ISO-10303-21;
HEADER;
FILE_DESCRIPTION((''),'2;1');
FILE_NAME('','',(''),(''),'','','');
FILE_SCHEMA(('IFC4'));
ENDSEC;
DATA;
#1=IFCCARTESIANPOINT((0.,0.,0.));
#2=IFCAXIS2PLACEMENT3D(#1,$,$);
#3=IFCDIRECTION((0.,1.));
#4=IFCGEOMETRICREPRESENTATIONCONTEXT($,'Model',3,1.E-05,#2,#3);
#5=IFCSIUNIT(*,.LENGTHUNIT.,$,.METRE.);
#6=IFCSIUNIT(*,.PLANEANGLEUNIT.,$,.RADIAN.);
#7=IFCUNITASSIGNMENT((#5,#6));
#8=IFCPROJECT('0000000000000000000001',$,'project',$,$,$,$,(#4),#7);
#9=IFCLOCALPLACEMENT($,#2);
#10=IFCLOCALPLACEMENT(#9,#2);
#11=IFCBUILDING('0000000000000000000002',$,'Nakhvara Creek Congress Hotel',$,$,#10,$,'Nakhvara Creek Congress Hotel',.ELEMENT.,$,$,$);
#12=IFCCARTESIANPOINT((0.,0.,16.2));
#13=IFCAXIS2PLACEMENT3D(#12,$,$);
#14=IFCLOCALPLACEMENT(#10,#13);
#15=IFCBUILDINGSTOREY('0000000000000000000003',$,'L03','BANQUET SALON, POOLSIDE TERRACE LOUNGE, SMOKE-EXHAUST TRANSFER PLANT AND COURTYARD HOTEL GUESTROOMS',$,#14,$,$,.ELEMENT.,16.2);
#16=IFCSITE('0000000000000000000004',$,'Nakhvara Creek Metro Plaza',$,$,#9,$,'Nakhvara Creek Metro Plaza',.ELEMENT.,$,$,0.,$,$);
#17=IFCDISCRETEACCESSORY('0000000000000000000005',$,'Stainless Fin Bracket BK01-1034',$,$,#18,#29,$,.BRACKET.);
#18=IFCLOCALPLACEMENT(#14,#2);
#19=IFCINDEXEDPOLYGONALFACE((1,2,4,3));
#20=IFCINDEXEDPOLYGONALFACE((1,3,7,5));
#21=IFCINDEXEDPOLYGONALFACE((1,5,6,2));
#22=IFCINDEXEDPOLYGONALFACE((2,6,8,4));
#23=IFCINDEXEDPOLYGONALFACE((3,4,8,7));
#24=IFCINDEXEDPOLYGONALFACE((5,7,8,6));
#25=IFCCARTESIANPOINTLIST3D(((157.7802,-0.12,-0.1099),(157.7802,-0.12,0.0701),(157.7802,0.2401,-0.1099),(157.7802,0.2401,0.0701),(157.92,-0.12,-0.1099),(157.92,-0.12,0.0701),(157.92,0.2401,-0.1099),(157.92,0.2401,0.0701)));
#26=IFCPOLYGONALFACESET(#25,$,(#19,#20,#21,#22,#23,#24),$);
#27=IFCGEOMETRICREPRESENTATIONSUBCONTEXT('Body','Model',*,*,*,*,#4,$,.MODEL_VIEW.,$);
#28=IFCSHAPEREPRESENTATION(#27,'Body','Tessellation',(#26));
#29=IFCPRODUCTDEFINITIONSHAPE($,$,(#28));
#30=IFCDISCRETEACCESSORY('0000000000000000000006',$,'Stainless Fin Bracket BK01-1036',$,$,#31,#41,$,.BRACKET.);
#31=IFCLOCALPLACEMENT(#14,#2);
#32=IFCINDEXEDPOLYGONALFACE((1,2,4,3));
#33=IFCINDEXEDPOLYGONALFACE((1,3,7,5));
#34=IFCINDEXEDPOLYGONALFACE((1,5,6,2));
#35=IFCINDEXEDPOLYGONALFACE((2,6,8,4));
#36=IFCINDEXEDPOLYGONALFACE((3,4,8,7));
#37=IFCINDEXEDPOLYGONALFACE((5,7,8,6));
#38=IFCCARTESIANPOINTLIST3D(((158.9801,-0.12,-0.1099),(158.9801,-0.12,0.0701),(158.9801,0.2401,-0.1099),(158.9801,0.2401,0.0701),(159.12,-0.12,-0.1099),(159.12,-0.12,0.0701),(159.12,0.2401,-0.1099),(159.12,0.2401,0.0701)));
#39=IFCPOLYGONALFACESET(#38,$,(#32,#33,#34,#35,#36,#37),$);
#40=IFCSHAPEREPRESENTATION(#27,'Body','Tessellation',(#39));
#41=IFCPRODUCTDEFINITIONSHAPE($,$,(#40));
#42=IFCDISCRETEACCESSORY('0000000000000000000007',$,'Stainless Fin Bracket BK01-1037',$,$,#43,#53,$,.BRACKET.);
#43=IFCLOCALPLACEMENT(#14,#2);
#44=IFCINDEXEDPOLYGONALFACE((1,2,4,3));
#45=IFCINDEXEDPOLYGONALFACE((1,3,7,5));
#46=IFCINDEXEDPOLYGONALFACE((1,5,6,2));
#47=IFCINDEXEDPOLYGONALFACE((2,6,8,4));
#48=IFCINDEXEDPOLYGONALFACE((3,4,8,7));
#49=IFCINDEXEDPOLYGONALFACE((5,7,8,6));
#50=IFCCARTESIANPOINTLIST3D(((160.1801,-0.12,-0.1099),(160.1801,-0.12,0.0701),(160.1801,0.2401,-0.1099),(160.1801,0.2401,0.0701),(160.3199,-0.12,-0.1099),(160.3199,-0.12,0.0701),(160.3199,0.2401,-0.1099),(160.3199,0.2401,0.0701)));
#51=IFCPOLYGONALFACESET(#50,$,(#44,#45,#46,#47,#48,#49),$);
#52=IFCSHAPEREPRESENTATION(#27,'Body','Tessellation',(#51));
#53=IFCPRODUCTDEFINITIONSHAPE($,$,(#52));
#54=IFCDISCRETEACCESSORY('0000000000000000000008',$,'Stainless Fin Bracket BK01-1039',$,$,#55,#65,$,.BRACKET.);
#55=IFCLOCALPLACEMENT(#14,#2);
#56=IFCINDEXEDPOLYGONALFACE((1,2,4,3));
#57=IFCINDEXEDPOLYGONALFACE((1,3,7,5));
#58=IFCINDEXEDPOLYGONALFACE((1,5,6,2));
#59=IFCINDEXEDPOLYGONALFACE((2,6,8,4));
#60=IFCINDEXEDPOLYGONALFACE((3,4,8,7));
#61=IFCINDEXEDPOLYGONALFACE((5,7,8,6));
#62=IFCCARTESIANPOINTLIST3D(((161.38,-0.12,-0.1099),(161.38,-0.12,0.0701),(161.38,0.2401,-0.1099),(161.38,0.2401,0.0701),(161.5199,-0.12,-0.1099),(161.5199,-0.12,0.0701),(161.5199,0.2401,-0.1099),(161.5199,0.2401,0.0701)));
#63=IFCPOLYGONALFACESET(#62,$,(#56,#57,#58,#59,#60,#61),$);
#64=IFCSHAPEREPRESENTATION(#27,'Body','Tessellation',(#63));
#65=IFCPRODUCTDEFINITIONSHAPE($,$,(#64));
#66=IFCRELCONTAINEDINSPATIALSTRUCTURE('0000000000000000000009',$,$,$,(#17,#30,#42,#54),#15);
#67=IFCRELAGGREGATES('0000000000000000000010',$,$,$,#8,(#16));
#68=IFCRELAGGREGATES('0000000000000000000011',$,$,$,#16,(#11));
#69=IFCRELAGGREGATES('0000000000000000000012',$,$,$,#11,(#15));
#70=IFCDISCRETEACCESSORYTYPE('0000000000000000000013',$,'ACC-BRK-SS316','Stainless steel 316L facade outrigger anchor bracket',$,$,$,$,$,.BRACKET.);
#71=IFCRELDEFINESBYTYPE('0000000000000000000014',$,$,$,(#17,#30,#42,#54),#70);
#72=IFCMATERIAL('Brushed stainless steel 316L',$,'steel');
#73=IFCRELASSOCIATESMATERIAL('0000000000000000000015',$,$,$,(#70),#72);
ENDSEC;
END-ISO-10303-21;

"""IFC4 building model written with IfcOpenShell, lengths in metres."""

from ifc_helpers import new_model, si_unit, direction, frame, origin, origin_2d, place, context, subcontext, project, spatial, rectangle, extrude, material, type_object, element, save


model = new_model("IFC4")

# Units and contexts
model_context = context("Model", 3, precision=1e-05, world=origin(), true_north=direction((0.0, 1.0)))
body_context = subcontext(model_context, "Body", "Model", "MODEL_VIEW")
ifc_project = project(units=[si_unit("LENGTHUNIT", "METRE"), si_unit("PLANEANGLEUNIT", "RADIAN")], contexts=[model_context])

# Site, building, storey
site_placement = place(None, origin())
site = spatial("IfcSite", under=ifc_project, at=site_placement, Name="Nakhvara Creek Metro Plaza", LongName="Nakhvara Creek Metro Plaza", CompositionType="ELEMENT", RefElevation=0.0)
building_placement = place(site_placement, origin())
building = spatial("IfcBuilding", under=site, at=building_placement, Name="Nakhvara Creek Congress Hotel", LongName="Nakhvara Creek Congress Hotel", CompositionType="ELEMENT")
storey_placement = place(building_placement, frame((0.0, 0.0, 16.2)))
storey = spatial("IfcBuildingStorey", under=building, at=storey_placement, Name="L03", Description="BANQUET SALON, POOLSIDE TERRACE LOUNGE, SMOKE-EXHAUST TRANSFER PLANT AND COURTYARD HOTEL GUESTROOMS", CompositionType="ELEMENT", Elevation=16.2)

# Discrete accessories
ifc_material_1 = material(Name="Brushed stainless steel 316L", Category="steel")
discrete_accessory_type = type_object("IfcDiscreteAccessoryType", Name="ACC-BRK-SS316", Description="Stainless steel 316L facade outrigger anchor bracket", PredefinedType="BRACKET", material=ifc_material_1)
for number, where, z_axis, x_axis, name in (
    (1, (157.8501, 0.0601, -0.1099), (0.0, 0.0, 1.0), (1.0, 0.0, 0.0), "Stainless Fin Bracket BK01-1034"),
    (2, (159.05, 0.0601, -0.1099), (0.0, 0.0, 1.0), (1.0, 0.0, 0.0), "Stainless Fin Bracket BK01-1036"),
    (3, (160.25, 0.0601, -0.1099), (0.0, 0.0, 1.0), (1.0, 0.0, 0.0), "Stainless Fin Bracket BK01-1037"),
    (4, (161.45, 0.0601, -0.1099), (0.0, 0.0, 1.0), (1.0, 0.0, 0.0), "Stainless Fin Bracket BK01-1039"),
):
    element("IfcDiscreteAccessory", number, at=place(storey_placement, frame(where, z_axis=z_axis, x_axis=x_axis)), inside=storey, type_object=discrete_accessory_type, Name=name, PredefinedType="BRACKET", context=body_context, shape_type="SweptSolid", body=[
        extrude(rectangle(XDim=0.1399, YDim=0.3601, at=origin_2d()), origin(), (0.0, 0.0, 1.0), 0.1799),
    ])

save(model, "model.ifc")
